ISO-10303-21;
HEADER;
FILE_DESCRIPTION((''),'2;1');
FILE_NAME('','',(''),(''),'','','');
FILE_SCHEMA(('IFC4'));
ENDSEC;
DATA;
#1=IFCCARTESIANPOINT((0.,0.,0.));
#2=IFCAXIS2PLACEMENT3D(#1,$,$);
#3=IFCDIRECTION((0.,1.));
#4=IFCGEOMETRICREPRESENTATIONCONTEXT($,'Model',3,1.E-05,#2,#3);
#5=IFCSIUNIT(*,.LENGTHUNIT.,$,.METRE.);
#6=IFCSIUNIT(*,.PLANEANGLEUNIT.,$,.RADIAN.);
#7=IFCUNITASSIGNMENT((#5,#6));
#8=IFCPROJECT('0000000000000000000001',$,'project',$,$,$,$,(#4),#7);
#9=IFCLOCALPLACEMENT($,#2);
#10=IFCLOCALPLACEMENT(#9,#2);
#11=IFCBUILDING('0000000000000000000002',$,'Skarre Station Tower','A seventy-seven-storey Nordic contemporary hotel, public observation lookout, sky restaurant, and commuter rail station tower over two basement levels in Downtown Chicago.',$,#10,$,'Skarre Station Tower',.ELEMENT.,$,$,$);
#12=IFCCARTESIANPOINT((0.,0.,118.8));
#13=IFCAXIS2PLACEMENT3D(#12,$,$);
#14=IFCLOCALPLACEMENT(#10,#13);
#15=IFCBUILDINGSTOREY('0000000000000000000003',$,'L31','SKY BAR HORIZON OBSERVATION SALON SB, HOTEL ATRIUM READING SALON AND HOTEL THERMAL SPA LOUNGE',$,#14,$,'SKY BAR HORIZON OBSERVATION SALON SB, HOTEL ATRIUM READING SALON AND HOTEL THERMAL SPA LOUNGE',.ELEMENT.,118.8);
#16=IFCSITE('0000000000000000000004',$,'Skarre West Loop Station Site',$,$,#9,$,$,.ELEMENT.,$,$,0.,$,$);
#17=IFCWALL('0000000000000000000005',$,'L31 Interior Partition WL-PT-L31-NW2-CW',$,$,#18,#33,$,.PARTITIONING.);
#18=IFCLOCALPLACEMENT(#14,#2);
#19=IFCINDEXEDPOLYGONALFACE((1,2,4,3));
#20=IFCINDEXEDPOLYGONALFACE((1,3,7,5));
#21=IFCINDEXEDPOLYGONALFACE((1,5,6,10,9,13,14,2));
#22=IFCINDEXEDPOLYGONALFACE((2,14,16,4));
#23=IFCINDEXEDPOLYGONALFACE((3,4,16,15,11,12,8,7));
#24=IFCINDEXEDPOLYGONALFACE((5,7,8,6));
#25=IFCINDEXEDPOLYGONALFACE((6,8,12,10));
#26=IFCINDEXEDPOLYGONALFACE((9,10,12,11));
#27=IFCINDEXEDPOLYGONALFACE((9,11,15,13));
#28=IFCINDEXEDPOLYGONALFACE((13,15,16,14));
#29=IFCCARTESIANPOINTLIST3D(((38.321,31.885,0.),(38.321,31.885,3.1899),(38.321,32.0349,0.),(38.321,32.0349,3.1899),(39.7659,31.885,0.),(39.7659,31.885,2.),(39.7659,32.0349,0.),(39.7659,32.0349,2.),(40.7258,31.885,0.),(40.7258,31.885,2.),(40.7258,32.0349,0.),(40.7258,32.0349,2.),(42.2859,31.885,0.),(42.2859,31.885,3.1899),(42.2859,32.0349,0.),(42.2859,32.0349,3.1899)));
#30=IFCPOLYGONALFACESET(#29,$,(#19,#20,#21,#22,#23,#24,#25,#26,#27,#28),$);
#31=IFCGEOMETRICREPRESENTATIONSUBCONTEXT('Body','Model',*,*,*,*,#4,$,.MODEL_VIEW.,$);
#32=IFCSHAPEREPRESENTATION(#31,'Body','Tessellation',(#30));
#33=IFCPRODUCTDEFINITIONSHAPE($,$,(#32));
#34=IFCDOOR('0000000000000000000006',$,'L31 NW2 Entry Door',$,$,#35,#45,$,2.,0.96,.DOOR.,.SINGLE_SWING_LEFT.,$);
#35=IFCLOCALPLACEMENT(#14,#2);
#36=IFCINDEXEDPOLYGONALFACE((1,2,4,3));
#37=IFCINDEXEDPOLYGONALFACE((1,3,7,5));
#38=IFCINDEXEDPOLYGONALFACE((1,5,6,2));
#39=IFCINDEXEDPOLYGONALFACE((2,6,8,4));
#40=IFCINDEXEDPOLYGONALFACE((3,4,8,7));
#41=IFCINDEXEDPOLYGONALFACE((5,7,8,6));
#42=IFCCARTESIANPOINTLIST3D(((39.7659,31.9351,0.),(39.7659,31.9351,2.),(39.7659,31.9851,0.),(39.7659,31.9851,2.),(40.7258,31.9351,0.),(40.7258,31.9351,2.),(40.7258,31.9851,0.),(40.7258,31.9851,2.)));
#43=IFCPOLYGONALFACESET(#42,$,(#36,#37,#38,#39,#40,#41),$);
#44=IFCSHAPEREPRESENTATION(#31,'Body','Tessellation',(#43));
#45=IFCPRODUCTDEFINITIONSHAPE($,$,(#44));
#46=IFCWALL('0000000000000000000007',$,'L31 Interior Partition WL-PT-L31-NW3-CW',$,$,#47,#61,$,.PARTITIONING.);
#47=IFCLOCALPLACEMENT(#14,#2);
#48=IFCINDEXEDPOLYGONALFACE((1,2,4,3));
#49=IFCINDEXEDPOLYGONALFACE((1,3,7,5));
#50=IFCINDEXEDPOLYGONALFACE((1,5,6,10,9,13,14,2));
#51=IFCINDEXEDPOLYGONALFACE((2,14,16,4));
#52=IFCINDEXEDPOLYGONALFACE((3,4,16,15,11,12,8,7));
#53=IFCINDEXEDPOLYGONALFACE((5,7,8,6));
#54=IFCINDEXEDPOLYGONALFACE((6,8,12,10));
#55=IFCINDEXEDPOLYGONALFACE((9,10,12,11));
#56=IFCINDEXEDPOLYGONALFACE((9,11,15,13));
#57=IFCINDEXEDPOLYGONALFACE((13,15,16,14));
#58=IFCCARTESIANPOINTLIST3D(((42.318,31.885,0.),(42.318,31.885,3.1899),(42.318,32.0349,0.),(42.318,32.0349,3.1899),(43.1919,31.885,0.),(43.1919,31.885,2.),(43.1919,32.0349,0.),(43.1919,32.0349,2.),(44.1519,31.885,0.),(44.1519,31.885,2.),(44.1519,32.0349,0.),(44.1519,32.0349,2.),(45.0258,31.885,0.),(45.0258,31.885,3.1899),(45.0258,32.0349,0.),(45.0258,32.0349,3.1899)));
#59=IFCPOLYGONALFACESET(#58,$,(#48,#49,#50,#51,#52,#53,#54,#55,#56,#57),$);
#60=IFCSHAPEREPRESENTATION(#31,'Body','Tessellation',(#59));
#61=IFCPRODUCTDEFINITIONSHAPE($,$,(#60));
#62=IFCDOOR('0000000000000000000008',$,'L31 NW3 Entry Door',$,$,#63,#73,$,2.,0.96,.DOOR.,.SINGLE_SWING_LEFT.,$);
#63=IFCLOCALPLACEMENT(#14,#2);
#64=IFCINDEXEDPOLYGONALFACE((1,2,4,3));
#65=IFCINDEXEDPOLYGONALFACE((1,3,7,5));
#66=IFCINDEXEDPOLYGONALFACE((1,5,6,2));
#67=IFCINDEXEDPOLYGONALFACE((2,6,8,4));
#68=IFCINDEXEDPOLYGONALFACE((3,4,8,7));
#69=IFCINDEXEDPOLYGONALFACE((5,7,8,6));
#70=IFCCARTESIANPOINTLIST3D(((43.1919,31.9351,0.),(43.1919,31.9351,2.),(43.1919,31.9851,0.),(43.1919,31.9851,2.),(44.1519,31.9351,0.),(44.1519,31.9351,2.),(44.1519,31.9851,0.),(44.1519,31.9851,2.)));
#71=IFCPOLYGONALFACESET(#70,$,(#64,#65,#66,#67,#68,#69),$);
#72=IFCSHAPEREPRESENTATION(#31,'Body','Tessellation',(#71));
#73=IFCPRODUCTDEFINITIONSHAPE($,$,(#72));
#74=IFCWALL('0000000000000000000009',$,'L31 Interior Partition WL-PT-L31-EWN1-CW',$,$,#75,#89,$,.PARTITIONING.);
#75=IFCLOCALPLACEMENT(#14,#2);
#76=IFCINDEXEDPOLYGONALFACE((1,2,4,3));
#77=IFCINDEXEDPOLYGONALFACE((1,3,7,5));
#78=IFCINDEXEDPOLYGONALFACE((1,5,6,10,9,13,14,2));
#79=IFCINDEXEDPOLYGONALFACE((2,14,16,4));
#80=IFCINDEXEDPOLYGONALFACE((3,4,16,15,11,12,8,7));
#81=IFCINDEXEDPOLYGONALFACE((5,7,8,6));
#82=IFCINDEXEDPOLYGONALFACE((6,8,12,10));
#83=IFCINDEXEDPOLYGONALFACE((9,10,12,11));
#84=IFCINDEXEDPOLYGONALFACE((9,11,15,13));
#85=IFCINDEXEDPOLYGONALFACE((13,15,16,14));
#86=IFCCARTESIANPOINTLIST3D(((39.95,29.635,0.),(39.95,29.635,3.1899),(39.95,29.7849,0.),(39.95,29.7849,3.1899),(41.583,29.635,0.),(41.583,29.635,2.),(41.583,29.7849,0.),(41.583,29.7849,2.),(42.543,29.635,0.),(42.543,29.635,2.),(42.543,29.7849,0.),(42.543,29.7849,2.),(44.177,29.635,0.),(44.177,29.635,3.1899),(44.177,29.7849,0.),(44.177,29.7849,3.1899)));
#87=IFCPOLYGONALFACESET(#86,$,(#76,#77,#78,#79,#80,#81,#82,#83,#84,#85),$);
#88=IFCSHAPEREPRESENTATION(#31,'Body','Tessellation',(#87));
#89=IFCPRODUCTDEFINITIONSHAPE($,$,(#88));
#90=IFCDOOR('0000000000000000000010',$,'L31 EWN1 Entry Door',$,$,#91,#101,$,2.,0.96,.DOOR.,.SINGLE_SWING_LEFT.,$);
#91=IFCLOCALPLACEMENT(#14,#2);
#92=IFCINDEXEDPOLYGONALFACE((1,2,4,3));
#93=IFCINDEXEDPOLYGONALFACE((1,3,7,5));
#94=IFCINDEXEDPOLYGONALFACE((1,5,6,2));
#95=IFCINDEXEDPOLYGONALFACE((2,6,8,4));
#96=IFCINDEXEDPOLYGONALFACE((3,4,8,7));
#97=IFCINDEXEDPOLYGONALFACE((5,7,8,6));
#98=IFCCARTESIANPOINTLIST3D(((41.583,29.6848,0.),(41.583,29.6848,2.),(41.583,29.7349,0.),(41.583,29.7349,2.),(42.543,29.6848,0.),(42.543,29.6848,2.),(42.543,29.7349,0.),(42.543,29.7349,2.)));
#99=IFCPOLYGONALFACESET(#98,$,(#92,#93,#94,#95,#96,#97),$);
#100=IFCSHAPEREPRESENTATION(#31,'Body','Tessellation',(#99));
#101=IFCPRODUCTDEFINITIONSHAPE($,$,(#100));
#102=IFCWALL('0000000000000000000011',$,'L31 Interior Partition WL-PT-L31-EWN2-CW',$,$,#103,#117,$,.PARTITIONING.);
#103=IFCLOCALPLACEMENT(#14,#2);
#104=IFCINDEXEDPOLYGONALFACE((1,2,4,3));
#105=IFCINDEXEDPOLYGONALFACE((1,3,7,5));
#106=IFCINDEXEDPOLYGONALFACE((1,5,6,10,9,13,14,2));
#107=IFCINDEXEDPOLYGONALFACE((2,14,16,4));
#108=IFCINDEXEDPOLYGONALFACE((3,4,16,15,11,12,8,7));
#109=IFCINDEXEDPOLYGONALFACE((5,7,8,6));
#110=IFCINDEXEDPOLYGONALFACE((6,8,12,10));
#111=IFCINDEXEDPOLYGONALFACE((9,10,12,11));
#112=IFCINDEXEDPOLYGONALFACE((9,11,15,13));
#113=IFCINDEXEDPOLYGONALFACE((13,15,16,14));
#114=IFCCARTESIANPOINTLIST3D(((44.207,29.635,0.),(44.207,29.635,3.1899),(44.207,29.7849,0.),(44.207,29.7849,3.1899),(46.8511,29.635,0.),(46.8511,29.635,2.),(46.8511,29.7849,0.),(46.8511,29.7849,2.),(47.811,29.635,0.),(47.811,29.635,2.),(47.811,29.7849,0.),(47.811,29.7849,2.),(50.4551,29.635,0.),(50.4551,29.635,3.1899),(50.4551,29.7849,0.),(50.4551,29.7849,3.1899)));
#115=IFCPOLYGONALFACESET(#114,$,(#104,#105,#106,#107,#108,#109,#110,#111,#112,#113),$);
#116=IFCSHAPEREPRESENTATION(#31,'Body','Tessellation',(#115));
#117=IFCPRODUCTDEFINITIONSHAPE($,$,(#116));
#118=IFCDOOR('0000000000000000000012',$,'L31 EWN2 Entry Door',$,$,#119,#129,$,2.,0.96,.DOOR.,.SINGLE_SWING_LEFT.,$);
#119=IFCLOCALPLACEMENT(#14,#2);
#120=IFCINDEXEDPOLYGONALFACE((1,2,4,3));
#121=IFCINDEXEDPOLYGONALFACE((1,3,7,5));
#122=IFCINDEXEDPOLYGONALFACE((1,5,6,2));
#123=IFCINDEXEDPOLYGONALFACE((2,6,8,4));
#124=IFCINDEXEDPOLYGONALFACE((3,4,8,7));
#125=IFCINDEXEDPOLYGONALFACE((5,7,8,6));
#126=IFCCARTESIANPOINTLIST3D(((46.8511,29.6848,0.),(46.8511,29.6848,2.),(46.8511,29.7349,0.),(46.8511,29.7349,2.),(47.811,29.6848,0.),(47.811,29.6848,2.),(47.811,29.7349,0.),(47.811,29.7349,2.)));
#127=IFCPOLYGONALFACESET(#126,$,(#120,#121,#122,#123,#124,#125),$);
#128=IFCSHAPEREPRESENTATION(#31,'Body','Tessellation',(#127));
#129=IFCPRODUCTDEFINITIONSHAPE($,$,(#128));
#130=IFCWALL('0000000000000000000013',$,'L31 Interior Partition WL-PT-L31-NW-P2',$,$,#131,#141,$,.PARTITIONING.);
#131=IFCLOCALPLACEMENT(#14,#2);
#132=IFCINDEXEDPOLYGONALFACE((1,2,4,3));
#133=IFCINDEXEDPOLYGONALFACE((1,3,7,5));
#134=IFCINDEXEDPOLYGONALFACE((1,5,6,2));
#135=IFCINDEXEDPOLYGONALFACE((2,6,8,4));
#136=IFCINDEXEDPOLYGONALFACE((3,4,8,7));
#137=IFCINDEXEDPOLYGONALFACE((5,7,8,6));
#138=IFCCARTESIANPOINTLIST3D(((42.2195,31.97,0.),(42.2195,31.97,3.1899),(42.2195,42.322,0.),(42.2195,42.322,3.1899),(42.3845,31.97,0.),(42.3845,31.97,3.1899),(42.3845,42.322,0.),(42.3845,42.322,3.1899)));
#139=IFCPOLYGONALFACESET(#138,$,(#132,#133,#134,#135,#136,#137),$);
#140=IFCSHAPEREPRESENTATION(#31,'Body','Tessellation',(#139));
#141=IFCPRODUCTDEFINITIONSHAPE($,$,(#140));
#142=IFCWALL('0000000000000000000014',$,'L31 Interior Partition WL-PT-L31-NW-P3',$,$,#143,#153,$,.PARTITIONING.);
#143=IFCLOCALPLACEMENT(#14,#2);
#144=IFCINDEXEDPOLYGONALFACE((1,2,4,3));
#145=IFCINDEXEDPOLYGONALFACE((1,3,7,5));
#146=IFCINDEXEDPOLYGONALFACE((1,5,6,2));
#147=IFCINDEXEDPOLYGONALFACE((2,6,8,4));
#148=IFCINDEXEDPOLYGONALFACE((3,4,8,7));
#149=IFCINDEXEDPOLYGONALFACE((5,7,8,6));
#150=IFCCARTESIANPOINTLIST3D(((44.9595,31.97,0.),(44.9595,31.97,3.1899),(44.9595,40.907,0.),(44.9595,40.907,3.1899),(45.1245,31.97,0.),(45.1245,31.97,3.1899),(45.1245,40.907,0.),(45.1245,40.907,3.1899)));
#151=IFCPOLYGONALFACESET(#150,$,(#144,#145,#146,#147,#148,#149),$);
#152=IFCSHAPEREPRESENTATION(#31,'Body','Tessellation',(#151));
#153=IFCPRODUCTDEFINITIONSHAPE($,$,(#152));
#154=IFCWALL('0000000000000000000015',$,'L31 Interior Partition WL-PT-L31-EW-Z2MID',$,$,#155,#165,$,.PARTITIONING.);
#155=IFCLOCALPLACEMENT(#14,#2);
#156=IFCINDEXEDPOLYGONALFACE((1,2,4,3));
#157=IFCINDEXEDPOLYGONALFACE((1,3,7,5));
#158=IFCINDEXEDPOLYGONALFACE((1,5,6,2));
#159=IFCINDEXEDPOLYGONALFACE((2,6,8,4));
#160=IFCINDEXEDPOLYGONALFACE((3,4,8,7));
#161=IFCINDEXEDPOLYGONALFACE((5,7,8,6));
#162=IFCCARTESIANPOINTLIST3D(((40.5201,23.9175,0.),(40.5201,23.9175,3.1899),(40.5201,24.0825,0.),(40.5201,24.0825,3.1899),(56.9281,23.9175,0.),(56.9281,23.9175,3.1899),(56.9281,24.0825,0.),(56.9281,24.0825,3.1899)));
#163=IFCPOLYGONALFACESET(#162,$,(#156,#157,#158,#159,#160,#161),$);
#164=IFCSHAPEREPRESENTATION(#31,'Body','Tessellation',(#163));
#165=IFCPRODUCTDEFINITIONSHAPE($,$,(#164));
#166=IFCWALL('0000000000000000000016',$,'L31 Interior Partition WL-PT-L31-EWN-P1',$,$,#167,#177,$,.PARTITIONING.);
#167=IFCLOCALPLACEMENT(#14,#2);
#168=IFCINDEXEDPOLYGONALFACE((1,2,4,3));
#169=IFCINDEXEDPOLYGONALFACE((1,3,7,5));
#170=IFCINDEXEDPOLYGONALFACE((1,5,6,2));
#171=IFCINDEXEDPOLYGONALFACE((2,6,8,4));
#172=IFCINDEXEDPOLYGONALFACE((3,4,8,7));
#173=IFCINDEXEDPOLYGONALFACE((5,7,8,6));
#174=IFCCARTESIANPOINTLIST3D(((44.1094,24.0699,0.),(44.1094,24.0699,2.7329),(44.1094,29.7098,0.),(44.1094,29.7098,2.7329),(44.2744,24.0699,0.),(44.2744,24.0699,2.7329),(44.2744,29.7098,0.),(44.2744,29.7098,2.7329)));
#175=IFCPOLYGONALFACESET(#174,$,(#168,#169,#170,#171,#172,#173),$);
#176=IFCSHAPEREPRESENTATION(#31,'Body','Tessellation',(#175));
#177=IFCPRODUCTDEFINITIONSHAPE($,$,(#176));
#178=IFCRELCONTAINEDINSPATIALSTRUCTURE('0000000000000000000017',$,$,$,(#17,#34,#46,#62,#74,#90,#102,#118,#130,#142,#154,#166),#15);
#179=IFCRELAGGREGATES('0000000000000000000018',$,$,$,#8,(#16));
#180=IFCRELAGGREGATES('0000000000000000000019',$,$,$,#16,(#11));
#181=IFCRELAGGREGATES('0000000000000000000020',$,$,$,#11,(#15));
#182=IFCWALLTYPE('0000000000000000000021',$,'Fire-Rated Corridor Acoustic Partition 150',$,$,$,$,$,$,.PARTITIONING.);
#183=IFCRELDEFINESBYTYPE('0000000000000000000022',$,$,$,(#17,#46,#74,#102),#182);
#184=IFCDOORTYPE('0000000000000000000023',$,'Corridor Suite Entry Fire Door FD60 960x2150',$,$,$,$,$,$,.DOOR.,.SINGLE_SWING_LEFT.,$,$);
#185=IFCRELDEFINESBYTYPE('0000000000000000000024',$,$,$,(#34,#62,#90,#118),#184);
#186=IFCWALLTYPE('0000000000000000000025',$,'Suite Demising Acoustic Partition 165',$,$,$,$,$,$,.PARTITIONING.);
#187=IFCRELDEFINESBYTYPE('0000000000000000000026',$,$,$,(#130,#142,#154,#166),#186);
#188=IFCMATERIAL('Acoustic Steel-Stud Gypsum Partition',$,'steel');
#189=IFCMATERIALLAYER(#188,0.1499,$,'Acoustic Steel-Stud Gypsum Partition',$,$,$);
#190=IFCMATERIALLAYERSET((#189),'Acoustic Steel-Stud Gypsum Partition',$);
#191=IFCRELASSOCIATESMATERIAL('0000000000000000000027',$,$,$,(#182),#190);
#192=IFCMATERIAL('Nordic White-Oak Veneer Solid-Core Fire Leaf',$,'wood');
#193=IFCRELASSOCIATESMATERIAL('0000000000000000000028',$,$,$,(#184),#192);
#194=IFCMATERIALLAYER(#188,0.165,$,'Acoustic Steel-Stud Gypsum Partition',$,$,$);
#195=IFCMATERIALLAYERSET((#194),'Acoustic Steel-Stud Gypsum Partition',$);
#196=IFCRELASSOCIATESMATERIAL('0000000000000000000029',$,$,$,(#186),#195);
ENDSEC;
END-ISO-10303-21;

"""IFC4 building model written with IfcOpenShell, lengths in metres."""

from ifc_helpers import new_model, si_unit, direction, frame, frame_2d, origin, place, context, subcontext, project, spatial, rectangle, extrude, material, layer, layer_set, type_object, element, fill, save


model = new_model("IFC4")

# Units and contexts
model_context = context("Model", 3, precision=1e-05, world=origin(), true_north=direction((0.0, 1.0)))
body_context = subcontext(model_context, "Body", "Model", "MODEL_VIEW")
ifc_project = project(units=[si_unit("LENGTHUNIT", "METRE"), si_unit("PLANEANGLEUNIT", "RADIAN")], contexts=[model_context])

# Site, building, storey
site_placement = place(None, origin())
site = spatial("IfcSite", under=ifc_project, at=site_placement, Name="Skarre West Loop Station Site", CompositionType="ELEMENT", RefElevation=0.0)
building_placement = place(site_placement, origin())
building = spatial("IfcBuilding", under=site, at=building_placement, Name="Skarre Station Tower", Description="A seventy-seven-storey Nordic contemporary hotel, public observation lookout, sky restaurant, and commuter rail station tower over two basement levels in Downtown Chicago.", LongName="Skarre Station Tower", CompositionType="ELEMENT")
storey_placement = place(building_placement, frame((0.0, 0.0, 118.8)))
storey = spatial("IfcBuildingStorey", under=building, at=storey_placement, Name="L31", Description="SKY BAR HORIZON OBSERVATION SALON SB, HOTEL ATRIUM READING SALON AND HOTEL THERMAL SPA LOUNGE", LongName="SKY BAR HORIZON OBSERVATION SALON SB, HOTEL ATRIUM READING SALON AND HOTEL THERMAL SPA LOUNGE", CompositionType="ELEMENT", Elevation=118.8)

# Shared definitions
ifc_material_1 = material(Name="Acoustic Steel-Stud Gypsum Partition", Category="steel")
ifc_layer_1 = layer(ifc_material_1, 0.1499, Name="Acoustic Steel-Stud Gypsum Partition")
ifc_layer_set_1 = layer_set([ifc_layer_1], Name="Acoustic Steel-Stud Gypsum Partition")
wall_type_1 = type_object("IfcWallType", Name="Fire-Rated Corridor Acoustic Partition 150", PredefinedType="PARTITIONING", material=ifc_layer_set_1)

# Walls, openings, doors
wall_1_placement = place(storey_placement, frame((42.2859, 31.96, 0.0), z_axis=(0.0, 0.0, 1.0), x_axis=(-1.0, 0.0, 0.0)))
wall_1 = element("IfcWall", 1, at=wall_1_placement, inside=storey, type_object=wall_type_1, Name="L31 Interior Partition WL-PT-L31-NW2-CW", PredefinedType="PARTITIONING", context=body_context, shape_type="SweptSolid", body=[
    extrude(rectangle(XDim=3.9648, YDim=0.1499, at=frame_2d((1.9824, 0.0))), origin(), (0.0, 0.0, 1.0), 3.1899),
])
opening_1_placement = place(wall_1_placement, frame((1.5601, 0.0, 0.0)))
opening_1 = element("IfcOpeningElement", 2, at=opening_1_placement, cuts=wall_1, PredefinedType="OPENING", context=body_context, shape_type="SweptSolid", body=[
    extrude(rectangle(XDim=0.96, YDim=2.0, at=frame_2d((0.48, 1.0))), frame((0.0, 0.085, 0.0), z_axis=(0.0, -1.0, 0.0), x_axis=(1.0, 0.0, 0.0)), (0.0, 0.0, 1.0), 0.1699),
])
ifc_material_2 = material(Name="Nordic White-Oak Veneer Solid-Core Fire Leaf", Category="wood")
door_type = type_object("IfcDoorType", Name="Corridor Suite Entry Fire Door FD60 960x2150", OperationType="SINGLE_SWING_LEFT", PredefinedType="DOOR", material=ifc_material_2)
door_1_placement = place(opening_1_placement, origin())
door_1 = element("IfcDoor", 3, at=door_1_placement, inside=storey, type_object=door_type, Name="L31 NW2 Entry Door", OperationType="SINGLE_SWING_LEFT", OverallHeight=2.0, OverallWidth=0.96, PredefinedType="DOOR", context=body_context, shape_type="SweptSolid", body=[
    extrude(rectangle(XDim=0.96, YDim=2.0, at=frame_2d((0.48, 1.0))), frame((0.0, 0.0249, 0.0), z_axis=(0.0, -1.0, 0.0), x_axis=(1.0, 0.0, 0.0)), (0.0, 0.0, 1.0), 0.05),
])
fill(opening_1, door_1)
wall_2_placement = place(storey_placement, frame((45.0259, 31.96, 0.0), z_axis=(0.0, 0.0, 1.0), x_axis=(-1.0, 0.0, 0.0)))
wall_2 = element("IfcWall", 4, at=wall_2_placement, inside=storey, type_object=wall_type_1, Name="L31 Interior Partition WL-PT-L31-NW3-CW", PredefinedType="PARTITIONING", context=body_context, shape_type="SweptSolid", body=[
    extrude(rectangle(XDim=2.7078, YDim=0.1499, at=frame_2d((1.354, 0.0))), origin(), (0.0, 0.0, 1.0), 3.1899),
])
opening_2_placement = place(wall_2_placement, frame((0.874, 0.0, 0.0)))
opening_2 = element("IfcOpeningElement", 5, at=opening_2_placement, cuts=wall_2, PredefinedType="OPENING", context=body_context, shape_type="SweptSolid", body=[
    extrude(rectangle(XDim=0.96, YDim=2.0, at=frame_2d((0.48, 1.0))), frame((0.0, 0.085, 0.0), z_axis=(0.0, -1.0, 0.0), x_axis=(1.0, 0.0, 0.0)), (0.0, 0.0, 1.0), 0.1699),
])
door_2_placement = place(opening_2_placement, origin())
door_2 = element("IfcDoor", 6, at=door_2_placement, inside=storey, type_object=door_type, Name="L31 NW3 Entry Door", OperationType="SINGLE_SWING_LEFT", OverallHeight=2.0, OverallWidth=0.96, PredefinedType="DOOR", context=body_context, shape_type="SweptSolid", body=[
    extrude(rectangle(XDim=0.96, YDim=2.0, at=frame_2d((0.48, 1.0))), frame((0.0, 0.0249, 0.0), z_axis=(0.0, -1.0, 0.0), x_axis=(1.0, 0.0, 0.0)), (0.0, 0.0, 1.0), 0.05),
])
fill(opening_2, door_2)
wall_3_placement = place(storey_placement, frame((39.95, 29.71, 0.0), z_axis=(0.0, 0.0, 1.0), x_axis=(1.0, 0.0, 0.0)))
wall_3 = element("IfcWall", 7, at=wall_3_placement, inside=storey, type_object=wall_type_1, Name="L31 Interior Partition WL-PT-L31-EWN1-CW", PredefinedType="PARTITIONING", context=body_context, shape_type="SweptSolid", body=[
    extrude(rectangle(XDim=4.2271, YDim=0.1499, at=frame_2d((2.1135, 0.0))), origin(), (0.0, 0.0, 1.0), 3.1899),
])
opening_3_placement = place(wall_3_placement, frame((1.6331, 0.0, 0.0)))
opening_3 = element("IfcOpeningElement", 8, at=opening_3_placement, cuts=wall_3, PredefinedType="OPENING", context=body_context, shape_type="SweptSolid", body=[
    extrude(rectangle(XDim=0.96, YDim=2.0, at=frame_2d((0.48, 1.0))), frame((0.0, 0.085, 0.0), z_axis=(0.0, -1.0, 0.0), x_axis=(1.0, 0.0, 0.0)), (0.0, 0.0, 1.0), 0.1699),
])
door_3_placement = place(opening_3_placement, origin())
door_3 = element("IfcDoor", 9, at=door_3_placement, inside=storey, type_object=door_type, Name="L31 EWN1 Entry Door", OperationType="SINGLE_SWING_LEFT", OverallHeight=2.0, OverallWidth=0.96, PredefinedType="DOOR", context=body_context, shape_type="SweptSolid", body=[
    extrude(rectangle(XDim=0.96, YDim=2.0, at=frame_2d((0.48, 1.0))), frame((0.0, 0.0249, 0.0), z_axis=(0.0, -1.0, 0.0), x_axis=(1.0, 0.0, 0.0)), (0.0, 0.0, 1.0), 0.05),
])
fill(opening_3, door_3)
wall_4_placement = place(storey_placement, frame((44.207, 29.71, 0.0), z_axis=(0.0, 0.0, 1.0), x_axis=(1.0, 0.0, 0.0)))
wall_4 = element("IfcWall", 10, at=wall_4_placement, inside=storey, type_object=wall_type_1, Name="L31 Interior Partition WL-PT-L31-EWN2-CW", PredefinedType="PARTITIONING", context=body_context, shape_type="SweptSolid", body=[
    extrude(rectangle(XDim=6.248, YDim=0.1499, at=frame_2d((3.124, 0.0))), origin(), (0.0, 0.0, 1.0), 3.1899),
])
opening_4_placement = place(wall_4_placement, frame((2.644, 0.0, 0.0)))
opening_4 = element("IfcOpeningElement", 11, at=opening_4_placement, cuts=wall_4, PredefinedType="OPENING", context=body_context, shape_type="SweptSolid", body=[
    extrude(rectangle(XDim=0.96, YDim=2.0, at=frame_2d((0.48, 1.0))), frame((0.0, 0.085, 0.0), z_axis=(0.0, -1.0, 0.0), x_axis=(1.0, 0.0, 0.0)), (0.0, 0.0, 1.0), 0.1699),
])
door_4_placement = place(opening_4_placement, origin())
door_4 = element("IfcDoor", 12, at=door_4_placement, inside=storey, type_object=door_type, Name="L31 EWN2 Entry Door", OperationType="SINGLE_SWING_LEFT", OverallHeight=2.0, OverallWidth=0.96, PredefinedType="DOOR", context=body_context, shape_type="SweptSolid", body=[
    extrude(rectangle(XDim=0.96, YDim=2.0, at=frame_2d((0.48, 1.0))), frame((0.0, 0.0249, 0.0), z_axis=(0.0, -1.0, 0.0), x_axis=(1.0, 0.0, 0.0)), (0.0, 0.0, 1.0), 0.05),
])
fill(opening_4, door_4)

# Walls
ifc_layer_2 = layer(ifc_material_1, 0.165, Name="Acoustic Steel-Stud Gypsum Partition")
ifc_layer_set_2 = layer_set([ifc_layer_2], Name="Acoustic Steel-Stud Gypsum Partition")
wall_type_2 = type_object("IfcWallType", Name="Suite Demising Acoustic Partition 165", PredefinedType="PARTITIONING", material=ifc_layer_set_2)
wall_5_placement = place(storey_placement, frame((42.302, 31.97, 0.0), z_axis=(0.0, 0.0, 1.0), x_axis=(0.0, 1.0, 0.0)))
element("IfcWall", 13, at=wall_5_placement, inside=storey, type_object=wall_type_2, Name="L31 Interior Partition WL-PT-L31-NW-P2", PredefinedType="PARTITIONING", context=body_context, shape_type="SweptSolid", body=[
    extrude(rectangle(XDim=10.3521, YDim=0.165, at=frame_2d((5.176, 0.0))), origin(), (0.0, 0.0, 1.0), 3.1899),
])
wall_6_placement = place(storey_placement, frame((45.042, 31.97, 0.0), z_axis=(0.0, 0.0, 1.0), x_axis=(0.0, 1.0, 0.0)))
element("IfcWall", 14, at=wall_6_placement, inside=storey, type_object=wall_type_2, Name="L31 Interior Partition WL-PT-L31-NW-P3", PredefinedType="PARTITIONING", context=body_context, shape_type="SweptSolid", body=[
    extrude(rectangle(XDim=8.937, YDim=0.165, at=frame_2d((4.4685, 0.0))), origin(), (0.0, 0.0, 1.0), 3.1899),
])
wall_7_placement = place(storey_placement, frame((40.52, 24.0, 0.0), z_axis=(0.0, 0.0, 1.0), x_axis=(1.0, 0.0, 0.0)))
element("IfcWall", 15, at=wall_7_placement, inside=storey, type_object=wall_type_2, Name="L31 Interior Partition WL-PT-L31-EW-Z2MID", PredefinedType="PARTITIONING", context=body_context, shape_type="SweptSolid", body=[
    extrude(rectangle(XDim=16.408, YDim=0.165, at=frame_2d((8.2041, 0.0))), origin(), (0.0, 0.0, 1.0), 3.1899),
])
wall_8_placement = place(storey_placement, frame((44.1919, 24.0701, 0.0), z_axis=(0.0, 0.0, 1.0), x_axis=(0.0, 1.0, 0.0)))
element("IfcWall", 16, at=wall_8_placement, inside=storey, type_object=wall_type_2, Name="L31 Interior Partition WL-PT-L31-EWN-P1", PredefinedType="PARTITIONING", context=body_context, shape_type="SweptSolid", body=[
    extrude(rectangle(XDim=5.6399, YDim=0.165, at=frame_2d((2.8198, 0.0))), origin(), (0.0, 0.0, 1.0), 2.7329),
])

save(model, "model.ifc")
